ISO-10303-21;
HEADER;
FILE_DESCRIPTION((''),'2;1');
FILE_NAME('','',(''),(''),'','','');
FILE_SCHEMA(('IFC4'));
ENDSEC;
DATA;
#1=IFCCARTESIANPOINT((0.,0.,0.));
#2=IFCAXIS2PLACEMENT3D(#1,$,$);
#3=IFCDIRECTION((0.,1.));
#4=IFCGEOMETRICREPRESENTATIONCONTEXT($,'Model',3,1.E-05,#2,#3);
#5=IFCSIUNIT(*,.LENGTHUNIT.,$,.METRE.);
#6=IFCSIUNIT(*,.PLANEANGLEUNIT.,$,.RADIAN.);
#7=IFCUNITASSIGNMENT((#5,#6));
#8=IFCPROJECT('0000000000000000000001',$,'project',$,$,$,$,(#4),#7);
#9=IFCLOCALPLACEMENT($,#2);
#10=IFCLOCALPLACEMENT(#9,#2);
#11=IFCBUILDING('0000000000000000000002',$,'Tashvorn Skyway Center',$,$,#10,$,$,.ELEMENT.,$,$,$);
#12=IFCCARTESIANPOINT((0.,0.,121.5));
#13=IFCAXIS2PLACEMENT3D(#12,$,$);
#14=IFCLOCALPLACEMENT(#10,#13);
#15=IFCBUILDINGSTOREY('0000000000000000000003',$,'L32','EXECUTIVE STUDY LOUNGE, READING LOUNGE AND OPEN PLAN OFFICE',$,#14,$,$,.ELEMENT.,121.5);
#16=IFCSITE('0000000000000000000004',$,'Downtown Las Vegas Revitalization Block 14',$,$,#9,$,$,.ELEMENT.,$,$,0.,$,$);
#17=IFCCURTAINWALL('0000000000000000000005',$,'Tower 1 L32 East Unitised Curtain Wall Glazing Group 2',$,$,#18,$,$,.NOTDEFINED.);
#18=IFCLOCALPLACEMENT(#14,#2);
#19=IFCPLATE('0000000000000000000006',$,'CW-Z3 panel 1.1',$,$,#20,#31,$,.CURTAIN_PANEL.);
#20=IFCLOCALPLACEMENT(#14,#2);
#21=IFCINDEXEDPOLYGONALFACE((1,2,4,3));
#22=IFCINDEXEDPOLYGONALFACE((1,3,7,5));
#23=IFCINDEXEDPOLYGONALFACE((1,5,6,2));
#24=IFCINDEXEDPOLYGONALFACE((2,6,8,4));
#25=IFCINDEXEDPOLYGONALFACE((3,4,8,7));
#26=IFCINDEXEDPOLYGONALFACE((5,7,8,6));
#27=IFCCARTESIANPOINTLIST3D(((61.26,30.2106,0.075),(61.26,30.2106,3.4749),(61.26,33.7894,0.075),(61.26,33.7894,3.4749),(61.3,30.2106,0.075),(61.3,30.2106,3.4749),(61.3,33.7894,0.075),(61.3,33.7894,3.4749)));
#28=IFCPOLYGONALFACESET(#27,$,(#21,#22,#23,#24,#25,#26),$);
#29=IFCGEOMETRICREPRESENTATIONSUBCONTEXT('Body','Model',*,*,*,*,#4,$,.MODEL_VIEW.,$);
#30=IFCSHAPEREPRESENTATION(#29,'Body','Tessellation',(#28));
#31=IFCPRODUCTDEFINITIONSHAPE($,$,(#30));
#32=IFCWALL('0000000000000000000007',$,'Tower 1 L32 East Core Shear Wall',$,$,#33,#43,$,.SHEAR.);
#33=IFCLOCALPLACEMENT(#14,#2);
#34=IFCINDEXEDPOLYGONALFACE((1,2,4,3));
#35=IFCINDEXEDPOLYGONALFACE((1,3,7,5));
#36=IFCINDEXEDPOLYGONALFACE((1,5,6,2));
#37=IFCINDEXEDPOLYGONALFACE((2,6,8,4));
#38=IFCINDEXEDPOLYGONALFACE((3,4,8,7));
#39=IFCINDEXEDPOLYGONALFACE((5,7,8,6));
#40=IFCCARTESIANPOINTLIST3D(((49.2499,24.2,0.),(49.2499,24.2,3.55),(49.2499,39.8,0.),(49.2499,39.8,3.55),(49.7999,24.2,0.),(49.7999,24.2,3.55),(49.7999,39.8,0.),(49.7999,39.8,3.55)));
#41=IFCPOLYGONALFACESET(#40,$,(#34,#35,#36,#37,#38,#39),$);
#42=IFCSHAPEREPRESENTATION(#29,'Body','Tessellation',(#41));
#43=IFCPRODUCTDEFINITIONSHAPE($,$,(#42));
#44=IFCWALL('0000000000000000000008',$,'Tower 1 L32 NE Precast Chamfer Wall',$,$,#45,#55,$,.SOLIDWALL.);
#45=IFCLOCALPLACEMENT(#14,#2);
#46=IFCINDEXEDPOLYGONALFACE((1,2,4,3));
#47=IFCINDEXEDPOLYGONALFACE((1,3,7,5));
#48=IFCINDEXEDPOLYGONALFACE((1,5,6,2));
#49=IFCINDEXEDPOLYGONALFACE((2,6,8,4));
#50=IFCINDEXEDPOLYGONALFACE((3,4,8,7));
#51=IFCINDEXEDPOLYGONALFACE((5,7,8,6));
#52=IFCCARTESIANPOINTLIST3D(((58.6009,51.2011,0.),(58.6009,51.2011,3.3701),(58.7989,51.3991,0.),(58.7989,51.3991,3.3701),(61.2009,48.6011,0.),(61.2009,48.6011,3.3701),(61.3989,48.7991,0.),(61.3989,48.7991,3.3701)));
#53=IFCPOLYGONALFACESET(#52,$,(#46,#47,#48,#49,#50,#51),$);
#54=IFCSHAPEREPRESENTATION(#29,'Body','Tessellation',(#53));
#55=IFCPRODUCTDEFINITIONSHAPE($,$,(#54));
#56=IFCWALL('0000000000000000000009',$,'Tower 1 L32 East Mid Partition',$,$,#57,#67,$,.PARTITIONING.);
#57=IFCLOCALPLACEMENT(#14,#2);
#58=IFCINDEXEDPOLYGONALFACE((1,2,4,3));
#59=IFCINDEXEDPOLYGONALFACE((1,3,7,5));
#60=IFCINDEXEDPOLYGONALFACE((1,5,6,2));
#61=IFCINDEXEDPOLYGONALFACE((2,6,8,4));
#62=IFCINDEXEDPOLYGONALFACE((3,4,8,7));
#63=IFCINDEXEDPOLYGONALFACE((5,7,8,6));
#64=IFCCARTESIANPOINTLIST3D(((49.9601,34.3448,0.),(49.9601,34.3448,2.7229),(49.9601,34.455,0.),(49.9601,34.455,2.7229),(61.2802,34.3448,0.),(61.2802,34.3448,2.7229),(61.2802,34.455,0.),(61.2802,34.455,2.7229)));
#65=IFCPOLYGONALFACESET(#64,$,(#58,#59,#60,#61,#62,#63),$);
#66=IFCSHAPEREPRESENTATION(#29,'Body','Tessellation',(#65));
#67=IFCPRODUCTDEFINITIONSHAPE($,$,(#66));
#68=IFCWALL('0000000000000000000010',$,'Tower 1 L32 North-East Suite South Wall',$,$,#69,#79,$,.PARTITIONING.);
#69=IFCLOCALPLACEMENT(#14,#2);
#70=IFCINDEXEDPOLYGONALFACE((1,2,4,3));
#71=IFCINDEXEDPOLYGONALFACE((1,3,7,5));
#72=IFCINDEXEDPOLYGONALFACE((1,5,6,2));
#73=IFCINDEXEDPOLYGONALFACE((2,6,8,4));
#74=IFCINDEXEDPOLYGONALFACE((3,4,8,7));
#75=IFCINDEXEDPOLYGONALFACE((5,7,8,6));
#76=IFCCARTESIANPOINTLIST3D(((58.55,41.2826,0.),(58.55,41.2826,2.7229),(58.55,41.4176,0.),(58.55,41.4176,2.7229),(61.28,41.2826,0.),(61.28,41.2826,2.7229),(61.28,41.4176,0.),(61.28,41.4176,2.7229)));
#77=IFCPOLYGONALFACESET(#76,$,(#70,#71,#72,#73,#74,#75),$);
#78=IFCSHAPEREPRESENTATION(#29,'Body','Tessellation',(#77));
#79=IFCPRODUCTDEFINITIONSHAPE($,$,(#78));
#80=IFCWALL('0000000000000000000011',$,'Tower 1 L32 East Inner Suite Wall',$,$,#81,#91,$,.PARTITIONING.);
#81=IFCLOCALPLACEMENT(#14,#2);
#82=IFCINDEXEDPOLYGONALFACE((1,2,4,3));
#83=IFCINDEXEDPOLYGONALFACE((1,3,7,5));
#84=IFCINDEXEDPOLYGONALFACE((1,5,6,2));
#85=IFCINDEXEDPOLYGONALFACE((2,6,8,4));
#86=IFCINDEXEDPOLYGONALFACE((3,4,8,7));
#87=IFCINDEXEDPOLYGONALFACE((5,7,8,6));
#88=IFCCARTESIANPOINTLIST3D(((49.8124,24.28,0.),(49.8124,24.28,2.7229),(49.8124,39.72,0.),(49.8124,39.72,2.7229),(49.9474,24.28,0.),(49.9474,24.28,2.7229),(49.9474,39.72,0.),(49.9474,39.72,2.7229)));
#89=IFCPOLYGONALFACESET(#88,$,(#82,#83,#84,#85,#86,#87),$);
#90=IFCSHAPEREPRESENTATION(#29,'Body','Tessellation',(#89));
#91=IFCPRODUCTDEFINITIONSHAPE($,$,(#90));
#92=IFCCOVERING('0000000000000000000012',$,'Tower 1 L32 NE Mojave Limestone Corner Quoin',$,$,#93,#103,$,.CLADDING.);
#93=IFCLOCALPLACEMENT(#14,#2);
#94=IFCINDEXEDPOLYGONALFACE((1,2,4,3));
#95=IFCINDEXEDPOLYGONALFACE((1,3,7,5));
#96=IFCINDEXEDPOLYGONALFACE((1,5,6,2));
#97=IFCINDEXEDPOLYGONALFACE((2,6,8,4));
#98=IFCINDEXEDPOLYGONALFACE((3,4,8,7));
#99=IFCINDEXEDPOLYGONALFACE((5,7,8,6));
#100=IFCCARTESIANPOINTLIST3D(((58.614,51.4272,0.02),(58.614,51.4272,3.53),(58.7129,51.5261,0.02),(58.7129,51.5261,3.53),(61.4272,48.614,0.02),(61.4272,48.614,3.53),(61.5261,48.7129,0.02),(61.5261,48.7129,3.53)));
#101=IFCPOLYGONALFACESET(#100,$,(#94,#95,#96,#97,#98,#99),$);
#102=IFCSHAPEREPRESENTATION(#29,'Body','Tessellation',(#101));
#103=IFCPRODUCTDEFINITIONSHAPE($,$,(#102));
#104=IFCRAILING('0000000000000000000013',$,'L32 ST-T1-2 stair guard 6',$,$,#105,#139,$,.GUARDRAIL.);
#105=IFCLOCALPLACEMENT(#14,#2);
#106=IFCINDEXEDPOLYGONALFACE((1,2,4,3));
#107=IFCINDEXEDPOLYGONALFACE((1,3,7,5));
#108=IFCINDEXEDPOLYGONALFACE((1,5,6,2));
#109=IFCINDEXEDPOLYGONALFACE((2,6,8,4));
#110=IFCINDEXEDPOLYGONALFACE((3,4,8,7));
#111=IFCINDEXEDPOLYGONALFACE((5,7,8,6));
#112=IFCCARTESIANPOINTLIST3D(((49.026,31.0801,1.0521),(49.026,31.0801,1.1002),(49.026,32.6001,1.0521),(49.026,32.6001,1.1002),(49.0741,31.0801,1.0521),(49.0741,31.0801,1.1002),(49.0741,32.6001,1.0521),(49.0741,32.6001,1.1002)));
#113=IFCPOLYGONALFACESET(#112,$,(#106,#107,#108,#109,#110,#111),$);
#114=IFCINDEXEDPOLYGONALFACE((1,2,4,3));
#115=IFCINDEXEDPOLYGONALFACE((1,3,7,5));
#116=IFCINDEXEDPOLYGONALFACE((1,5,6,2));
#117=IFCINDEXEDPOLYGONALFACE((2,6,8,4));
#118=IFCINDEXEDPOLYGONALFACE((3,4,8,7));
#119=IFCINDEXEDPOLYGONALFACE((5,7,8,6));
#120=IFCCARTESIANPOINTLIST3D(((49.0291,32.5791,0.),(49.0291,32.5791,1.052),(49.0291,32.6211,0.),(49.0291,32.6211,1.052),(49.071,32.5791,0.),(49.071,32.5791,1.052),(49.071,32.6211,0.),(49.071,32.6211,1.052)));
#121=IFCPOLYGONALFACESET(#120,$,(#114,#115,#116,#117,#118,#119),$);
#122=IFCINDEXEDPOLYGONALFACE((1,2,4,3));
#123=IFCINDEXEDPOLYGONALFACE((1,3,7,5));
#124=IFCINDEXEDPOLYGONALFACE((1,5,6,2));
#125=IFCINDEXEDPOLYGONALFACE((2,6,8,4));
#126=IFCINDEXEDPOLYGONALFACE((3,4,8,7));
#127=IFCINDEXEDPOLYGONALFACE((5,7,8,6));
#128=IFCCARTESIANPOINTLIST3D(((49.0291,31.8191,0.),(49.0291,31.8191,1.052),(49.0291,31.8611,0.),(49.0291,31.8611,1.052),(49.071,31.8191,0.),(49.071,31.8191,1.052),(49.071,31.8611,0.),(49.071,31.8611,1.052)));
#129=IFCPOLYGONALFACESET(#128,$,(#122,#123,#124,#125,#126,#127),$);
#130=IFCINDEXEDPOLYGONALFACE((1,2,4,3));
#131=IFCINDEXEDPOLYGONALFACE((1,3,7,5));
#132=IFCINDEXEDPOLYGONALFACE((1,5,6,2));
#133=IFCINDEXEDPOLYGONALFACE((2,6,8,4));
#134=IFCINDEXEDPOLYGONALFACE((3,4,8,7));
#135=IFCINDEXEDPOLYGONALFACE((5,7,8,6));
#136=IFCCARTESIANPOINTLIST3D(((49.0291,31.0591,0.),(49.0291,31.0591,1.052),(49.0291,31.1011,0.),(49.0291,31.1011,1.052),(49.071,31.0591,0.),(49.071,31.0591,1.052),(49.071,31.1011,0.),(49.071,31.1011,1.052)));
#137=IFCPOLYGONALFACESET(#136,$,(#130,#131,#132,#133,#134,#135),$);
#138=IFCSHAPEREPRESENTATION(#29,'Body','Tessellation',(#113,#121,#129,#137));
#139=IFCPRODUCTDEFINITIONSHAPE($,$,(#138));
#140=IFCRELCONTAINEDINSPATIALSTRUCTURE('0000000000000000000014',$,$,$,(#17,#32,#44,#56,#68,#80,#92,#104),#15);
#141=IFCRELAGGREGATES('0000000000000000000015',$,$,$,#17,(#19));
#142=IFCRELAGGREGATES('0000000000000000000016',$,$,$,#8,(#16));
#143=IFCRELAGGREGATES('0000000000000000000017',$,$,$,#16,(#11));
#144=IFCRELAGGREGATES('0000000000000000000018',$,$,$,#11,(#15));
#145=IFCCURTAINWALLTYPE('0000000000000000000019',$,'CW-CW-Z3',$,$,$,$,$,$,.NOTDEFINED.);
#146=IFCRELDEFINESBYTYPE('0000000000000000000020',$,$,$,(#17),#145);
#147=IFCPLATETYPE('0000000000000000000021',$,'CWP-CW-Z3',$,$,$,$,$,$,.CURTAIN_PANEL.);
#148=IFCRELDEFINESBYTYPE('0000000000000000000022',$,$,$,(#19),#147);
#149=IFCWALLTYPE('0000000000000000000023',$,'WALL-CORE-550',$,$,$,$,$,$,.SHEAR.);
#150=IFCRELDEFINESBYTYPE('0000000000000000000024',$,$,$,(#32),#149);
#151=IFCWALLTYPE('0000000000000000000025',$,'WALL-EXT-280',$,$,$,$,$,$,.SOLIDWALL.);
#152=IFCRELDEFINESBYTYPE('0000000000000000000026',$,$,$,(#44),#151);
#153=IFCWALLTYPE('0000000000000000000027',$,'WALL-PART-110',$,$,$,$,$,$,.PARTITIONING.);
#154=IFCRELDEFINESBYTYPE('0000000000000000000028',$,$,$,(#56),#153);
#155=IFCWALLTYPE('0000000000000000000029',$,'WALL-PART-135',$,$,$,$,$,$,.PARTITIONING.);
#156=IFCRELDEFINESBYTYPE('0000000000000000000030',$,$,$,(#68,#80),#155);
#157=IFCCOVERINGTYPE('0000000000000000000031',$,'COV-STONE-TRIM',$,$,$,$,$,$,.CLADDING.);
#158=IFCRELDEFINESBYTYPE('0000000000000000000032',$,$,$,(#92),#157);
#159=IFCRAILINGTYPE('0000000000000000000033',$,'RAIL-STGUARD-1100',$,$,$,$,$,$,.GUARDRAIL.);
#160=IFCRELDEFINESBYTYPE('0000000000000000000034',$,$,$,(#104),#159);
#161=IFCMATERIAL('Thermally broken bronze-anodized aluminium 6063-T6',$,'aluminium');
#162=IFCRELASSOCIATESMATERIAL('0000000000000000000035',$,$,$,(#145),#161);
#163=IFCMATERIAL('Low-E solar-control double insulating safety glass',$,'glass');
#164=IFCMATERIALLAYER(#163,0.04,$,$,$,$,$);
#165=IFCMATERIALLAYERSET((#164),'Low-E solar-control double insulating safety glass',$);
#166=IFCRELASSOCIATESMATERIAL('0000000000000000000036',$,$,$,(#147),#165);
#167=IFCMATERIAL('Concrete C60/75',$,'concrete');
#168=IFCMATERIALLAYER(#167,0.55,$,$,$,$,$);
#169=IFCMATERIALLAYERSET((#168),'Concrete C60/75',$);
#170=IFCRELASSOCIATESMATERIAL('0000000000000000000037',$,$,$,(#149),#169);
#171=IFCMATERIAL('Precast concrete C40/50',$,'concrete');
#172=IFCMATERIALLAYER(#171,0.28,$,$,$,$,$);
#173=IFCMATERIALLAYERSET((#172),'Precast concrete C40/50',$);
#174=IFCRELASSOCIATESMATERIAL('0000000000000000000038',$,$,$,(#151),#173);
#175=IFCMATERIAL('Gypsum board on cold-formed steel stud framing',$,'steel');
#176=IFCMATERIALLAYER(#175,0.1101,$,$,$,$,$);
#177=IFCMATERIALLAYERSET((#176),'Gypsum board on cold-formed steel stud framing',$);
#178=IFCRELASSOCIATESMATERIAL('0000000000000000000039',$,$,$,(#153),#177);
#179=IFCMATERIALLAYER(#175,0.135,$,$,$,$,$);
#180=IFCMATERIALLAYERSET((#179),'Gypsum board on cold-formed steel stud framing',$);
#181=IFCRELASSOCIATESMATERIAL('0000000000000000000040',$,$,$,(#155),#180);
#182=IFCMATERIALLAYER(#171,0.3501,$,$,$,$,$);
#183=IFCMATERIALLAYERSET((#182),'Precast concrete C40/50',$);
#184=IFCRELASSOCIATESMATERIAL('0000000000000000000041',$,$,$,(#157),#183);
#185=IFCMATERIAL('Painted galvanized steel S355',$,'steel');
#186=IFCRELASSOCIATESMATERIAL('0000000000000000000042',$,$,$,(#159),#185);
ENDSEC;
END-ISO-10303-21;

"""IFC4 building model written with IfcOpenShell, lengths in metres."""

from ifc_helpers import new_model, si_unit, direction, frame, frame_2d, origin, origin_2d, place, context, subcontext, project, spatial, rectangle, extrude, material, layer, layer_set, type_object, element, aggregate, save


model = new_model("IFC4")

# Units and contexts
model_context = context("Model", 3, precision=1e-05, world=origin(), true_north=direction((0.0, 1.0)))
body_context = subcontext(model_context, "Body", "Model", "MODEL_VIEW")
ifc_project = project(units=[si_unit("LENGTHUNIT", "METRE"), si_unit("PLANEANGLEUNIT", "RADIAN")], contexts=[model_context])

# Site, building, storey
site_placement = place(None, origin())
site = spatial("IfcSite", under=ifc_project, at=site_placement, Name="Downtown Las Vegas Revitalization Block 14", CompositionType="ELEMENT", RefElevation=0.0)
building_placement = place(site_placement, origin())
building = spatial("IfcBuilding", under=site, at=building_placement, Name="Tashvorn Skyway Center", CompositionType="ELEMENT")
storey_placement = place(building_placement, frame((0.0, 0.0, 121.5)))
storey = spatial("IfcBuildingStorey", under=building, at=storey_placement, Name="L32", Description="EXECUTIVE STUDY LOUNGE, READING LOUNGE AND OPEN PLAN OFFICE", CompositionType="ELEMENT", Elevation=121.5)

# Shared definitions
ifc_material_1 = material(Name="Thermally broken bronze-anodized aluminium 6063-T6", Category="aluminium")
curtain_wall_type = type_object("IfcCurtainWallType", Name="CW-CW-Z3", PredefinedType="NOTDEFINED", material=ifc_material_1)

# Curtain wall
curtain_wall_1_placement = place(storey_placement, origin())
curtain_wall_1 = element("IfcCurtainWall", 1, at=curtain_wall_1_placement, inside=storey, type_object=curtain_wall_type, Name="Tower 1 L32 East Unitised Curtain Wall Glazing Group 2", PredefinedType="NOTDEFINED")

# Plate
ifc_material_2 = material(Name="Low-E solar-control double insulating safety glass", Category="glass")
ifc_layer_1 = layer(ifc_material_2, 0.04)
ifc_layer_set_1 = layer_set([ifc_layer_1], Name="Low-E solar-control double insulating safety glass")
plate_type = type_object("IfcPlateType", Name="CWP-CW-Z3", PredefinedType="CURTAIN_PANEL", material=ifc_layer_set_1)
plate_1_placement = place(storey_placement, frame((61.28, 32.0, 0.075), z_axis=(0.0, 0.0, 1.0), x_axis=(0.0, -1.0, 0.0)))
plate_1 = element("IfcPlate", 2, at=plate_1_placement, type_object=plate_type, Name="CW-Z3 panel 1.1", PredefinedType="CURTAIN_PANEL", context=body_context, shape_type="SweptSolid", body=[
    extrude(rectangle(XDim=3.5789, YDim=0.04, at=origin_2d()), origin(), (0.0, 0.0, 1.0), 3.3999),
])
aggregate(curtain_wall_1, [plate_1])

# Walls
ifc_material_3 = material(Name="Concrete C60/75", Category="concrete")
ifc_layer_2 = layer(ifc_material_3, 0.55)
ifc_layer_set_2 = layer_set([ifc_layer_2], Name="Concrete C60/75")
wall_type_1 = type_object("IfcWallType", Name="WALL-CORE-550", PredefinedType="SHEAR", material=ifc_layer_set_2)
wall_1_placement = place(storey_placement, frame((49.5249, 39.8, 0.0), z_axis=(0.0, 0.0, 1.0), x_axis=(0.0, -1.0, 0.0)))
element("IfcWall", 3, at=wall_1_placement, inside=storey, type_object=wall_type_1, Name="Tower 1 L32 East Core Shear Wall", PredefinedType="SHEAR", context=body_context, shape_type="SweptSolid", body=[
    extrude(rectangle(XDim=15.6001, YDim=0.55, at=frame_2d((7.8, 0.0))), origin(), (0.0, 0.0, 1.0), 3.55),
])
ifc_material_4 = material(Name="Precast concrete C40/50", Category="concrete")
ifc_layer_3 = layer(ifc_material_4, 0.28)
ifc_layer_set_3 = layer_set([ifc_layer_3], Name="Precast concrete C40/50")
wall_type_2 = type_object("IfcWallType", Name="WALL-EXT-280", PredefinedType="SOLIDWALL", material=ifc_layer_set_3)
wall_2_placement = place(storey_placement, frame((58.7, 51.3, 0.0), z_axis=(0.0, 0.0, 1.0), x_axis=(0.707107, -0.707107, 0.0)))
element("IfcWall", 4, at=wall_2_placement, inside=storey, type_object=wall_type_2, Name="Tower 1 L32 NE Precast Chamfer Wall", PredefinedType="SOLIDWALL", context=body_context, shape_type="SweptSolid", body=[
    extrude(rectangle(XDim=3.677, YDim=0.28, at=frame_2d((1.8384, 0.0))), origin(), (0.0, 0.0, 1.0), 3.3701),
])
ifc_material_5 = material(Name="Gypsum board on cold-formed steel stud framing", Category="steel")
ifc_layer_4 = layer(ifc_material_5, 0.1101)
ifc_layer_set_4 = layer_set([ifc_layer_4], Name="Gypsum board on cold-formed steel stud framing")
wall_type_3 = type_object("IfcWallType", Name="WALL-PART-110", PredefinedType="PARTITIONING", material=ifc_layer_set_4)
wall_3_placement = place(storey_placement, frame((49.96, 34.3999, 0.0), z_axis=(0.0, 0.0, 1.0), x_axis=(1.0, 0.0, 0.0)))
element("IfcWall", 5, at=wall_3_placement, inside=storey, type_object=wall_type_3, Name="Tower 1 L32 East Mid Partition", PredefinedType="PARTITIONING", context=body_context, shape_type="SweptSolid", body=[
    extrude(rectangle(XDim=11.3201, YDim=0.1101, at=frame_2d((5.6602, 0.0))), origin(), (0.0, 0.0, 1.0), 2.7229),
])
ifc_layer_5 = layer(ifc_material_5, 0.135)
ifc_layer_set_5 = layer_set([ifc_layer_5], Name="Gypsum board on cold-formed steel stud framing")
wall_type_4 = type_object("IfcWallType", Name="WALL-PART-135", PredefinedType="PARTITIONING", material=ifc_layer_set_5)
wall_4_placement = place(storey_placement, frame((58.55, 41.3501, 0.0), z_axis=(0.0, 0.0, 1.0), x_axis=(1.0, 0.0, 0.0)))
element("IfcWall", 6, at=wall_4_placement, inside=storey, type_object=wall_type_4, Name="Tower 1 L32 North-East Suite South Wall", PredefinedType="PARTITIONING", context=body_context, shape_type="SweptSolid", body=[
    extrude(rectangle(XDim=2.73, YDim=0.135, at=frame_2d((1.365, 0.0))), origin(), (0.0, 0.0, 1.0), 2.7229),
])
wall_5_placement = place(storey_placement, frame((49.8799, 39.72, 0.0), z_axis=(0.0, 0.0, 1.0), x_axis=(0.0, -1.0, 0.0)))
element("IfcWall", 7, at=wall_5_placement, inside=storey, type_object=wall_type_4, Name="Tower 1 L32 East Inner Suite Wall", PredefinedType="PARTITIONING", context=body_context, shape_type="SweptSolid", body=[
    extrude(rectangle(XDim=15.4399, YDim=0.135, at=frame_2d((7.72, 0.0))), origin(), (0.0, 0.0, 1.0), 2.7229),
])

# Covering
ifc_layer_6 = layer(ifc_material_4, 0.3501)
ifc_layer_set_6 = layer_set([ifc_layer_6], Name="Precast concrete C40/50")
covering_type = type_object("IfcCoveringType", Name="COV-STONE-TRIM", PredefinedType="CLADDING", material=ifc_layer_set_6)
covering_placement = place(storey_placement, frame((60.0701, 50.0701, 0.02), z_axis=(0.0, 0.0, 1.0), x_axis=(0.707107, -0.707107, 0.0)))
element("IfcCovering", 8, at=covering_placement, inside=storey, type_object=covering_type, Name="Tower 1 L32 NE Mojave Limestone Corner Quoin", PredefinedType="CLADDING", context=body_context, shape_type="SweptSolid", body=[
    extrude(rectangle(XDim=3.9785, YDim=0.1399, at=origin_2d()), origin(), (0.0, 0.0, 1.0), 3.51),
])

# Railing
ifc_material_6 = material(Name="Painted galvanized steel S355", Category="steel")
railing_type = type_object("IfcRailingType", Name="RAIL-STGUARD-1100", PredefinedType="GUARDRAIL", material=ifc_material_6)
railing_placement = place(storey_placement, frame((49.05, 32.6001, 0.0)))
element("IfcRailing", 9, at=railing_placement, inside=storey, type_object=railing_type, Name="L32 ST-T1-2 stair guard 6", PredefinedType="GUARDRAIL", context=body_context, shape_type="SweptSolid", body=[
    extrude(rectangle(XDim=0.0481, YDim=0.0481, at=origin_2d()), frame((0.0, 0.0, 1.0762), z_axis=(0.0, -1.0, 0.0), x_axis=(1.0, 0.0, 0.0)), (0.0, 0.0, 1.0), 1.52),
    extrude(rectangle(XDim=0.042, YDim=0.042, at=origin_2d()), origin(), (0.0, 0.0, 1.0), 1.052),
    extrude(rectangle(XDim=0.042, YDim=0.042, at=origin_2d()), frame((0.0, -0.76, 0.0)), (0.0, 0.0, 1.0), 1.052),
    extrude(rectangle(XDim=0.042, YDim=0.042, at=origin_2d()), frame((0.0, -1.52, 0.0)), (0.0, 0.0, 1.0), 1.052),
])

save(model, "model.ifc")
